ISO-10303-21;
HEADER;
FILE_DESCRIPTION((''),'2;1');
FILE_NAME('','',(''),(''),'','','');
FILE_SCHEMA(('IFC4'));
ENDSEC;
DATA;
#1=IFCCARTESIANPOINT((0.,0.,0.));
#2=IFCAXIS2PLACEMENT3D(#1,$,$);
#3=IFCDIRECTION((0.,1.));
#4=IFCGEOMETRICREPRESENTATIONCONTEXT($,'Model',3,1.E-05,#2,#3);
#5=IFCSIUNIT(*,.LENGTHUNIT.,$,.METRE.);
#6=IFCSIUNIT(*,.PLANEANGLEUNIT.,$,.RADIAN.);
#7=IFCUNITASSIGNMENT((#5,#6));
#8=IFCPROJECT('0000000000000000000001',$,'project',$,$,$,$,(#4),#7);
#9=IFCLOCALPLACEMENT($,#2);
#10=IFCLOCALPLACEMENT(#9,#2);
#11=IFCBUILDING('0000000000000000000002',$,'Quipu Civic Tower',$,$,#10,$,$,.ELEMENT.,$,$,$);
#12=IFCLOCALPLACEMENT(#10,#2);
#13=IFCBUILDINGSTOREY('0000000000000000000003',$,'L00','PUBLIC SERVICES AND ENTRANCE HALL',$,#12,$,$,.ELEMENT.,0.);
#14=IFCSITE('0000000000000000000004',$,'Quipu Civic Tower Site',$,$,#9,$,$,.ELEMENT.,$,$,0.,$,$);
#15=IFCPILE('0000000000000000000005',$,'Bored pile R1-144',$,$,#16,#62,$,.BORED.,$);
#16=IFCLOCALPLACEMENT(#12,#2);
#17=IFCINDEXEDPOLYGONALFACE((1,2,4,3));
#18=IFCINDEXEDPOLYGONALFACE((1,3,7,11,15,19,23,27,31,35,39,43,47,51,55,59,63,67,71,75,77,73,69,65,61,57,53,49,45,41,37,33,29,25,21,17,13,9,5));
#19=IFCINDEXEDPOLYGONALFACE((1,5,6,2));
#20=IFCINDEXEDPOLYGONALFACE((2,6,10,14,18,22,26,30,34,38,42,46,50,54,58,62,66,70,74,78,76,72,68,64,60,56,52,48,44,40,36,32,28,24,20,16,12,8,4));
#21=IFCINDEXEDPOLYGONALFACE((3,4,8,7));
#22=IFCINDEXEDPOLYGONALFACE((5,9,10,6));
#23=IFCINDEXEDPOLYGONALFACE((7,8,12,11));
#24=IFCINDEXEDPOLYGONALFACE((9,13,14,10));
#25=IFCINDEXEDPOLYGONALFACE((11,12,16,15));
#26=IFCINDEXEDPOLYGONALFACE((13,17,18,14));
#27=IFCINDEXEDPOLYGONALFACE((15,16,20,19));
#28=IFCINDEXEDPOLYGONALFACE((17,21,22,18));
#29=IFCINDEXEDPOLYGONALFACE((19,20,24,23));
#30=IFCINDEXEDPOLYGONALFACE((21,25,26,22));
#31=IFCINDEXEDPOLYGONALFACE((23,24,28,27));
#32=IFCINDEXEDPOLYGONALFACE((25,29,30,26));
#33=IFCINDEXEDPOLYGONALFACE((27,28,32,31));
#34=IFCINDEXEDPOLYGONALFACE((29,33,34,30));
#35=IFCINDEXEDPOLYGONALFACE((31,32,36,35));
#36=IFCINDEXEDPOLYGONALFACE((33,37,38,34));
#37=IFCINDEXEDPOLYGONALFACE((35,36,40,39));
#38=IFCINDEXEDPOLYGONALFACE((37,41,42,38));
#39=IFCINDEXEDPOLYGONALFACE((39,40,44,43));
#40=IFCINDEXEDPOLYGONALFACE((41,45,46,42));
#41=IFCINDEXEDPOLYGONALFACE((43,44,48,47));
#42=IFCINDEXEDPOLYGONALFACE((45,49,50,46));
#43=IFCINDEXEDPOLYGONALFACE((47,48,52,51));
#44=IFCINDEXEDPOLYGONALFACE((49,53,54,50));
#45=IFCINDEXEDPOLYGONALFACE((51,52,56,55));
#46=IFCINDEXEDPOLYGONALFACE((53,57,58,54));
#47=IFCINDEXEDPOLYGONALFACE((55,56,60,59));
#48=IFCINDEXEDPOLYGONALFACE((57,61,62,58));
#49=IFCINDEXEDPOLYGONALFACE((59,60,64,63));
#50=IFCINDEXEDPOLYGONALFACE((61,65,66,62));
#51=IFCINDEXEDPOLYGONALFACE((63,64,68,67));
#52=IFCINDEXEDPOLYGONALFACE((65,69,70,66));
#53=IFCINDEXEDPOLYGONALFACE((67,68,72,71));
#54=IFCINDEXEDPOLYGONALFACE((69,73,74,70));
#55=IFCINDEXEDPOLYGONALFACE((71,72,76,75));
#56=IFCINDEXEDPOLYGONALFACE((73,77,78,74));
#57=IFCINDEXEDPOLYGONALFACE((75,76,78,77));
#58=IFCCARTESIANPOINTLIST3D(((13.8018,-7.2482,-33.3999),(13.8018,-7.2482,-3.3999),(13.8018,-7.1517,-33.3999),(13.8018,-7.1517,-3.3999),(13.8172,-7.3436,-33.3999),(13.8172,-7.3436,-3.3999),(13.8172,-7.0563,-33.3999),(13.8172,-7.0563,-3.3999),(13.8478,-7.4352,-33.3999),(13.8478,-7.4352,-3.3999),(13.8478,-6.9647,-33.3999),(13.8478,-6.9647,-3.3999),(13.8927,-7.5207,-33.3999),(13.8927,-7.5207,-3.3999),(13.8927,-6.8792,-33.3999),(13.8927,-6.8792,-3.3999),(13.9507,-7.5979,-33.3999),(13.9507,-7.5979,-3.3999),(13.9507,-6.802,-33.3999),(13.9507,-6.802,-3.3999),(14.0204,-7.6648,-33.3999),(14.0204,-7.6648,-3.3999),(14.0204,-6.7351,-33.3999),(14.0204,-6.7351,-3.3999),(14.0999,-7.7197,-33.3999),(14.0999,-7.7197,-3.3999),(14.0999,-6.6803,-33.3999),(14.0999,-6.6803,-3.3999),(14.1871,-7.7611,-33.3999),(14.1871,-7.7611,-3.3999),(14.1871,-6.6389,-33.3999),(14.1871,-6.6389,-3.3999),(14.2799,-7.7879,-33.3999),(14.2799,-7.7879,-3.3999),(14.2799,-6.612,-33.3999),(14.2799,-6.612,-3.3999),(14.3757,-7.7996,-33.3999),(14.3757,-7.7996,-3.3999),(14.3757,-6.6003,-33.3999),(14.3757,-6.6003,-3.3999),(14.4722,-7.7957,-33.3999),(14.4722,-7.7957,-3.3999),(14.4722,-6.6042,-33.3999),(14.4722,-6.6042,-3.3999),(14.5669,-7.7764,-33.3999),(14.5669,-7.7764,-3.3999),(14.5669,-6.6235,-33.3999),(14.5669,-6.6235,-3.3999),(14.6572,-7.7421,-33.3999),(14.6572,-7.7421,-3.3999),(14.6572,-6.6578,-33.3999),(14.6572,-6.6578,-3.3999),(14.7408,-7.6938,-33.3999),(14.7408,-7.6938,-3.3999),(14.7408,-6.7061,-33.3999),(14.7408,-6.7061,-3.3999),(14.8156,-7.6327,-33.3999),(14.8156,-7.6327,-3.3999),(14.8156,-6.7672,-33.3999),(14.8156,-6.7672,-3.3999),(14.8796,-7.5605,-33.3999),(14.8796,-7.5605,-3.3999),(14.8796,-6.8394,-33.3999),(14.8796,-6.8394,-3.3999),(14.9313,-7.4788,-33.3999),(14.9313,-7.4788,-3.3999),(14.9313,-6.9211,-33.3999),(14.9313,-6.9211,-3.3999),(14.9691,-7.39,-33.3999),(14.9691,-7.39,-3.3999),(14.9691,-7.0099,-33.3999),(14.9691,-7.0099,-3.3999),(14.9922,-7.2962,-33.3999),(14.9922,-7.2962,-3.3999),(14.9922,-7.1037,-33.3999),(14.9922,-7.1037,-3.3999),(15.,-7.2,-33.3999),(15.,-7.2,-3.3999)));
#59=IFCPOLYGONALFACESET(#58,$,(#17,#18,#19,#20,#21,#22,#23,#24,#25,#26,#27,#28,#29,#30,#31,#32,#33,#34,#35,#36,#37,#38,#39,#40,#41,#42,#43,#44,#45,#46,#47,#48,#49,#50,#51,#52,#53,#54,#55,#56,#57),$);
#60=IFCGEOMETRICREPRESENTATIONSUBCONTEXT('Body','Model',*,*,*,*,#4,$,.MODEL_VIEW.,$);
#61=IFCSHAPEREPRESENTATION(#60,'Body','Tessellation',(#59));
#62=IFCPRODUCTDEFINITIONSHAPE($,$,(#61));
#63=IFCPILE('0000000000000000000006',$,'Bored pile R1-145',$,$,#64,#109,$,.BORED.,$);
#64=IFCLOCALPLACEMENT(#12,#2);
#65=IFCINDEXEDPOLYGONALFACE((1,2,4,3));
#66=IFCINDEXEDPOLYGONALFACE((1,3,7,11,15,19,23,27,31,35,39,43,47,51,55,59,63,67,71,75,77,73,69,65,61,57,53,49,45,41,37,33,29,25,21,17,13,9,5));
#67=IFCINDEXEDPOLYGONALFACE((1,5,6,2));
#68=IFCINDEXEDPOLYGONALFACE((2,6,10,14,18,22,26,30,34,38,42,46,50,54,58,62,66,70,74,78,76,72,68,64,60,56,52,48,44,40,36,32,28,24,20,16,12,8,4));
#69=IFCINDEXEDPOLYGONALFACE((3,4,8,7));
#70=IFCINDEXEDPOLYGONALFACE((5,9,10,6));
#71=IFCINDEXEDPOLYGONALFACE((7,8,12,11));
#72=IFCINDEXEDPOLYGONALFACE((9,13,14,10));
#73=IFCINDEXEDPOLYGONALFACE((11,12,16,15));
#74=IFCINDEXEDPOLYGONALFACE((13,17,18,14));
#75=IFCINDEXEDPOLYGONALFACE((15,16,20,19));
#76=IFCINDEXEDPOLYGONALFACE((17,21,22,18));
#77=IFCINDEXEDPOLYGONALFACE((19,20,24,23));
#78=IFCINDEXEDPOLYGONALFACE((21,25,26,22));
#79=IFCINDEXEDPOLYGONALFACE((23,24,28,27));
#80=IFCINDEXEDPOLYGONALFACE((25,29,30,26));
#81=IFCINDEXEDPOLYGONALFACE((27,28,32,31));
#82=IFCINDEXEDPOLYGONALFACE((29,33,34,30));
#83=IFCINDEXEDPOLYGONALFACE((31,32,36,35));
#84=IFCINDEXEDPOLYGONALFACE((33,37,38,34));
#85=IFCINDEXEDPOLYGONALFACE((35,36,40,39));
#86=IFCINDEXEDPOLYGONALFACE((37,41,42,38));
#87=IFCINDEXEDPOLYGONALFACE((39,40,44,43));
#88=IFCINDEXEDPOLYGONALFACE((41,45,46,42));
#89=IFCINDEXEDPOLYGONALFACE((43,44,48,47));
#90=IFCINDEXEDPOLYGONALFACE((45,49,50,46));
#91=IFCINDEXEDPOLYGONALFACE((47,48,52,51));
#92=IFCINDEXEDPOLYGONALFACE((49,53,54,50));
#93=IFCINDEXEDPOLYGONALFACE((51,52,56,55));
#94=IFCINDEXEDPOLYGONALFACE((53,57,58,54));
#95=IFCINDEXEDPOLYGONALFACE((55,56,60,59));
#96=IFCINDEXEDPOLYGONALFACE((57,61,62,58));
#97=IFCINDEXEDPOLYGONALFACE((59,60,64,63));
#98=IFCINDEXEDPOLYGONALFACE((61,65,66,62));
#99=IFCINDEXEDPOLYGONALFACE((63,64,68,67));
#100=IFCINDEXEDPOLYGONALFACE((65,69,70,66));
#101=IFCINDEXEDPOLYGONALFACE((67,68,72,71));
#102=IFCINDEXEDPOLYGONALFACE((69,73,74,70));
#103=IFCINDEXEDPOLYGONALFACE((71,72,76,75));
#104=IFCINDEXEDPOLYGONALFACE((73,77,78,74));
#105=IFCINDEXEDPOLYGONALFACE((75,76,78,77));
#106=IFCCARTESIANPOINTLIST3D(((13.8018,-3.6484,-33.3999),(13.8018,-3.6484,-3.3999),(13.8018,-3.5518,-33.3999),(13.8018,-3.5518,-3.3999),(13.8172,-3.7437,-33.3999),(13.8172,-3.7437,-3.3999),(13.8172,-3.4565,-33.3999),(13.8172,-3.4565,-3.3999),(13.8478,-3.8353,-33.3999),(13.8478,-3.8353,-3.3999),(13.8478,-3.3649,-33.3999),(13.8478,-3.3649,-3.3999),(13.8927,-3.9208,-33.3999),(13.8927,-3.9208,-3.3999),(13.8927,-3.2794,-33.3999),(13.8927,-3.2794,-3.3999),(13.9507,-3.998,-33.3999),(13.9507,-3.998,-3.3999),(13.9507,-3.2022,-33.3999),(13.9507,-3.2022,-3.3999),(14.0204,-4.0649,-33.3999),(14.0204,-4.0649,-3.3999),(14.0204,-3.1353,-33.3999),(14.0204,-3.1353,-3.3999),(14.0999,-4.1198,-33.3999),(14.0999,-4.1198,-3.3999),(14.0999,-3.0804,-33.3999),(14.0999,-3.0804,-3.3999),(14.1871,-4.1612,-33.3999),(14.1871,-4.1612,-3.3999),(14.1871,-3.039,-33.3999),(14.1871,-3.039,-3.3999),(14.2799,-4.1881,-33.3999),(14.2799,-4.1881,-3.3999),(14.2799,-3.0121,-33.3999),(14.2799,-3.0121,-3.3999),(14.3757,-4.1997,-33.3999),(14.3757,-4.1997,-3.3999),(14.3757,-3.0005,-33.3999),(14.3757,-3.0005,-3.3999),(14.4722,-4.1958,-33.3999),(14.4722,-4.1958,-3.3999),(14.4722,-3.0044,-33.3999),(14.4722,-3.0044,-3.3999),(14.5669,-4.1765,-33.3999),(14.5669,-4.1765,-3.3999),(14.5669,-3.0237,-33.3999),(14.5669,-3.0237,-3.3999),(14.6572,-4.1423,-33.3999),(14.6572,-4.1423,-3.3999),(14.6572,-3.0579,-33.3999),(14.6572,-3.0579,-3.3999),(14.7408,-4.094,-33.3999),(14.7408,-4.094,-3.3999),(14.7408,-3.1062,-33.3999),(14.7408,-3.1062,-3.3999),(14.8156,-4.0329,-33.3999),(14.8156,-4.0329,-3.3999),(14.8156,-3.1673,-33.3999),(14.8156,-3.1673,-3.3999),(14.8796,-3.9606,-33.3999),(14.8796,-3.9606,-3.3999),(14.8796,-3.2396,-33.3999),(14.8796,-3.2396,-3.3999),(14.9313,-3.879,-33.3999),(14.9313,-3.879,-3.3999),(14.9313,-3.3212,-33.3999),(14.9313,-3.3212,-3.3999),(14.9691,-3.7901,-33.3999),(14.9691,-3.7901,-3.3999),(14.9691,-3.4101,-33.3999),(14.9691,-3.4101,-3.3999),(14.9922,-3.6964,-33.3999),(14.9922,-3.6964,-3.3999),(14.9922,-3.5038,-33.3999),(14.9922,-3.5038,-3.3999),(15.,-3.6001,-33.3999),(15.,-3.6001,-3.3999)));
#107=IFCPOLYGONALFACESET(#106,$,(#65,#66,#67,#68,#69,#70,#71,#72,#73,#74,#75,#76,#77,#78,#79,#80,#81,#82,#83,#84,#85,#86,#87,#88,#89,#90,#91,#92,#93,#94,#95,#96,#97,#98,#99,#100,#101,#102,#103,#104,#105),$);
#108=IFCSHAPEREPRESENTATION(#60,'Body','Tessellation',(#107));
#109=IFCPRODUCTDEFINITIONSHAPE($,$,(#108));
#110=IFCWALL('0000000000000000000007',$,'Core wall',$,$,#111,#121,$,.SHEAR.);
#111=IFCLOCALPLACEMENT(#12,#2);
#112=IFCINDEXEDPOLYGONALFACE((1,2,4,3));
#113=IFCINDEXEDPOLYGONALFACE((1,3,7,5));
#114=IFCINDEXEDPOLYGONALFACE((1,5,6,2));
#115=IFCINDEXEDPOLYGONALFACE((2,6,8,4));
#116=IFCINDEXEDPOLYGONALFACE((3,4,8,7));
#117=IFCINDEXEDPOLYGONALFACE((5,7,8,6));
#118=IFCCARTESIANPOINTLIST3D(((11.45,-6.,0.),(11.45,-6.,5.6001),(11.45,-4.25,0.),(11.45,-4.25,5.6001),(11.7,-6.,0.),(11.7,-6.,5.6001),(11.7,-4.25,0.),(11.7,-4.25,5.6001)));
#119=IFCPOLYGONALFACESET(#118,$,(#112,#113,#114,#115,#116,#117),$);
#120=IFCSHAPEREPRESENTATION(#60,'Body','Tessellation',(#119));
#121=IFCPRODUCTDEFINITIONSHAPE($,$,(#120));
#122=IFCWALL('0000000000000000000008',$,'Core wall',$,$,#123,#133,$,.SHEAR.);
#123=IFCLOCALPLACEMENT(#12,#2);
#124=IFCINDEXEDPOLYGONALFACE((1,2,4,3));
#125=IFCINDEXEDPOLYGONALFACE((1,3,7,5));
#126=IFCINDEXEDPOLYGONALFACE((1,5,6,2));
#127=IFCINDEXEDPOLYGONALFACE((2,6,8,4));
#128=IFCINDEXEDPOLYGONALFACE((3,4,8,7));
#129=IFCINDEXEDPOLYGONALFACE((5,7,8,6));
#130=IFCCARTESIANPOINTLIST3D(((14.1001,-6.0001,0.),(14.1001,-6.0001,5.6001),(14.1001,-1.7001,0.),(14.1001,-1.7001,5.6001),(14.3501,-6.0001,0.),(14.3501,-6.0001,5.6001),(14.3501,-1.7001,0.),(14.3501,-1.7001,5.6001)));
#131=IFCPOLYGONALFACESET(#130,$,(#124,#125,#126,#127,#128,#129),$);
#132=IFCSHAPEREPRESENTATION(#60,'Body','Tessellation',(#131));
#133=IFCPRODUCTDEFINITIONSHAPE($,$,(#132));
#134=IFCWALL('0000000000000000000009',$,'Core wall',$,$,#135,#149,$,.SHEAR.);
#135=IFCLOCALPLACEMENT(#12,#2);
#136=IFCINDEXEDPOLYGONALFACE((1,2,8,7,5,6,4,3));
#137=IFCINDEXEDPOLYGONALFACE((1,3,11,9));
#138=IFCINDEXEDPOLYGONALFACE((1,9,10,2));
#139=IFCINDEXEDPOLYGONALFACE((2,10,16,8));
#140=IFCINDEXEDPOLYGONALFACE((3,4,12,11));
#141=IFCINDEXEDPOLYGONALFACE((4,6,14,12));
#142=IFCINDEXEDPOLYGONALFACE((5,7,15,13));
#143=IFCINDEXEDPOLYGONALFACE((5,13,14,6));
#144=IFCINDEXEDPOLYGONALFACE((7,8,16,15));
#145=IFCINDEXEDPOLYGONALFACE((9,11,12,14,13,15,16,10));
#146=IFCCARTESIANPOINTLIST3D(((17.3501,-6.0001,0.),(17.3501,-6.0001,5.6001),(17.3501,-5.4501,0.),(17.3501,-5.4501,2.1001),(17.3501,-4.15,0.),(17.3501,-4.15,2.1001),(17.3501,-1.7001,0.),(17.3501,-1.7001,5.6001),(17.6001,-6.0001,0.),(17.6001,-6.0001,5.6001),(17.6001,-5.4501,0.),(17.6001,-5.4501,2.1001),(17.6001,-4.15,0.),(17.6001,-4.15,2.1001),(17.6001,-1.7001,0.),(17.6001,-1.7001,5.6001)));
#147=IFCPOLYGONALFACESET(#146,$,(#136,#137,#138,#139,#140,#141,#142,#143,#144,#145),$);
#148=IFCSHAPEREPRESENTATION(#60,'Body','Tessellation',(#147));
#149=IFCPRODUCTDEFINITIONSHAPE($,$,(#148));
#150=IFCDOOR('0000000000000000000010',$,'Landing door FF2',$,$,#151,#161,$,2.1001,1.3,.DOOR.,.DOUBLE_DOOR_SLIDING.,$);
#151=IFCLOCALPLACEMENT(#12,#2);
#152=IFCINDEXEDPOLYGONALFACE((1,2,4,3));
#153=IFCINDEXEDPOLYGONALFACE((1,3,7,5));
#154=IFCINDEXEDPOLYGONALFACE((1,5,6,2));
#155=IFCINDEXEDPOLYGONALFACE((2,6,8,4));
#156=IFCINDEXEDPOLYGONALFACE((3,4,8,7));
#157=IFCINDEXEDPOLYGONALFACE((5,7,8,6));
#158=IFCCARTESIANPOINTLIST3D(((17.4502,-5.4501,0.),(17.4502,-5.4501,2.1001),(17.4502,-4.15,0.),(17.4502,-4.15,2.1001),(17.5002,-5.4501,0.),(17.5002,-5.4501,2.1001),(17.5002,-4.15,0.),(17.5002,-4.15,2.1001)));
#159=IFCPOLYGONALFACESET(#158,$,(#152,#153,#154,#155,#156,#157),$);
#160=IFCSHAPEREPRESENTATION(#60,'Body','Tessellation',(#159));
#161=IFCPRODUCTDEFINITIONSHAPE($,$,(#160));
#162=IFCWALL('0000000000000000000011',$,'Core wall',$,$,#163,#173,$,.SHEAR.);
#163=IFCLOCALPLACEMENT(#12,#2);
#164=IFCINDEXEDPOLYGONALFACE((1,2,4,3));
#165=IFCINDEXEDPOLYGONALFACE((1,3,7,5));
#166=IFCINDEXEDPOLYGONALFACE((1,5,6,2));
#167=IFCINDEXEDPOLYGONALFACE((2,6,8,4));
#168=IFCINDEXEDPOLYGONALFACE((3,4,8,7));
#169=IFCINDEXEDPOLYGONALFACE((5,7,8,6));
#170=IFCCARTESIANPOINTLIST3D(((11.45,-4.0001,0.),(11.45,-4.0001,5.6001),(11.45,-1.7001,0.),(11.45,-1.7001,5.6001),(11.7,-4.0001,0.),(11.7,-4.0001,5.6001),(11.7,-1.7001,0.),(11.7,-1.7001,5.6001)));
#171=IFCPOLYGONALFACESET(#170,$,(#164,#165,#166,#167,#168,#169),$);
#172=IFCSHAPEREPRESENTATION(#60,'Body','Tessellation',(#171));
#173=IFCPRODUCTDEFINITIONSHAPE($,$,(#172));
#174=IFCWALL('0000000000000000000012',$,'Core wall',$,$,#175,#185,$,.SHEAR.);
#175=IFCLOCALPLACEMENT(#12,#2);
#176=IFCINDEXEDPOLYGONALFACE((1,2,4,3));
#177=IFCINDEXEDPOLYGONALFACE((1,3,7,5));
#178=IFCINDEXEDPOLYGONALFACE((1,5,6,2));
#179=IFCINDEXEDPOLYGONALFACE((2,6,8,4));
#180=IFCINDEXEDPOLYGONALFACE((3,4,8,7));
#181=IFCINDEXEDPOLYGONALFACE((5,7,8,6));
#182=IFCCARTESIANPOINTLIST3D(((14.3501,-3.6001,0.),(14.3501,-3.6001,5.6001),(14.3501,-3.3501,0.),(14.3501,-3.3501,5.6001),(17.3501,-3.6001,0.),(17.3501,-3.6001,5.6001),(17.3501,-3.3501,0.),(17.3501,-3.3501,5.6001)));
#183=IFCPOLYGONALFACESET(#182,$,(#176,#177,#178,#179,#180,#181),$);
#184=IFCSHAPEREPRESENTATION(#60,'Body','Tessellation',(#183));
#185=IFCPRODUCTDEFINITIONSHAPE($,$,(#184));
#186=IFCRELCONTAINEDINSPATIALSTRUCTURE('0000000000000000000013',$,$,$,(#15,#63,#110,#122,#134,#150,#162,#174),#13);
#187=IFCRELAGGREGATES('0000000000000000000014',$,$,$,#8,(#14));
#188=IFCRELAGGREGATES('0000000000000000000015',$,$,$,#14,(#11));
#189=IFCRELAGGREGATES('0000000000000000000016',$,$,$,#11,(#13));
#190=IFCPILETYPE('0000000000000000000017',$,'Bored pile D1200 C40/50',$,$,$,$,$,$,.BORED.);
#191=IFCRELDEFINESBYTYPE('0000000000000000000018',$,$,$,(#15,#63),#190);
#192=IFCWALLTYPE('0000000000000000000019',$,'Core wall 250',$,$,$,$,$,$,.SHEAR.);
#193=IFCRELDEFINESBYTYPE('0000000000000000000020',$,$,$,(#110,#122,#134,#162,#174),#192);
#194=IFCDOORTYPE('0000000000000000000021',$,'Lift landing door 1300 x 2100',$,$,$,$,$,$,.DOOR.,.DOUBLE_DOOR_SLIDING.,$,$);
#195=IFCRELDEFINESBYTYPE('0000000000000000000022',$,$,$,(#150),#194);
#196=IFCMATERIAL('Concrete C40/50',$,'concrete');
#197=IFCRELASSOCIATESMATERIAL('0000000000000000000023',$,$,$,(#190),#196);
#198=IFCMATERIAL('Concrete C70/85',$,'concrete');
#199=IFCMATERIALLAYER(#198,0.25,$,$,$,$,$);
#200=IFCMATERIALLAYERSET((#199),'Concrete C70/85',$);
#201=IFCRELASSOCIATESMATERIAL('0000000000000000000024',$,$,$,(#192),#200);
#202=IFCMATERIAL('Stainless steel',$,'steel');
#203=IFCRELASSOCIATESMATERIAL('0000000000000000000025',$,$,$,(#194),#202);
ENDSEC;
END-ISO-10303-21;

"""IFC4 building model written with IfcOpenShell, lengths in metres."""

from ifc_helpers import new_model, si_unit, direction, frame, frame_2d, origin, origin_2d, place, context, subcontext, project, spatial, rectangle, circle, extrude, material, layer, layer_set, material_profile, profile_set, type_object, element, fill, save


model = new_model("IFC4")

# Units and contexts
model_context = context("Model", 3, precision=1e-05, world=origin(), true_north=direction((0.0, 1.0)))
body_context = subcontext(model_context, "Body", "Model", "MODEL_VIEW")
ifc_project = project(units=[si_unit("LENGTHUNIT", "METRE"), si_unit("PLANEANGLEUNIT", "RADIAN")], contexts=[model_context])

# Site, building, storey
site_placement = place(None, origin())
site = spatial("IfcSite", under=ifc_project, at=site_placement, Name="Quipu Civic Tower Site", CompositionType="ELEMENT", RefElevation=0.0)
building_placement = place(site_placement, origin())
building = spatial("IfcBuilding", under=site, at=building_placement, Name="Quipu Civic Tower", CompositionType="ELEMENT")
storey_placement = place(building_placement, origin())
storey = spatial("IfcBuildingStorey", under=building, at=storey_placement, Name="L00", Description="PUBLIC SERVICES AND ENTRANCE HALL", CompositionType="ELEMENT", Elevation=0.0)

# Piles
ifc_material_1 = material(Name="Concrete C40/50", Category="concrete")
ifc_material_profile = material_profile(ifc_material_1, circle(Radius=0.6001, at=origin_2d()), Name="RCD1200")
ifc_profile_set = profile_set([ifc_material_profile], Name="Concrete C40/50")
pile_type = type_object("IfcPileType", Name="Bored pile D1200 C40/50", PredefinedType="BORED", material=ifc_profile_set)
for number, where, z_axis, x_axis, name in (
    (1, (14.3999, -7.2, -3.3999), (0.0, 0.0, -1.0), (1.0, 0.0, 0.0), "Bored pile R1-144"),
    (2, (14.3999, -3.6001, -3.3999), (0.0, 0.0, -1.0), (1.0, 0.0, 0.0), "Bored pile R1-145"),
):
    element("IfcPile", number, at=place(storey_placement, frame(where, z_axis=z_axis, x_axis=x_axis)), inside=storey, type_object=pile_type, Name=name, PredefinedType="BORED", context=body_context, shape_type="SweptSolid", body=[
        extrude(circle(Radius=0.6001, at=origin_2d()), origin(), (0.0, 0.0, 1.0), 30.0),
    ])

# Walls
ifc_material_2 = material(Name="Concrete C70/85", Category="concrete")
ifc_layer_1 = layer(ifc_material_2, 0.25)
ifc_layer_set_1 = layer_set([ifc_layer_1], Name="Concrete C70/85")
wall_type_1 = type_object("IfcWallType", Name="Core wall 250", PredefinedType="SHEAR", material=ifc_layer_set_1)
wall_1_placement = place(storey_placement, frame((11.575, -6.0, 0.0), z_axis=(0.0, 0.0, 1.0), x_axis=(0.0, 1.0, 0.0)))
element("IfcWall", 3, at=wall_1_placement, inside=storey, type_object=wall_type_1, Name="Core wall", PredefinedType="SHEAR", context=body_context, shape_type="SweptSolid", body=[
    extrude(rectangle(XDim=1.75, YDim=0.25, at=frame_2d((0.875, 0.0))), origin(), (0.0, 0.0, 1.0), 5.6001),
])
wall_2_placement = place(storey_placement, frame((14.2251, -6.0, 0.0), z_axis=(0.0, 0.0, 1.0), x_axis=(0.0, 1.0, 0.0)))
element("IfcWall", 4, at=wall_2_placement, inside=storey, type_object=wall_type_1, Name="Core wall", PredefinedType="SHEAR", context=body_context, shape_type="SweptSolid", body=[
    extrude(rectangle(XDim=4.3, YDim=0.25, at=frame_2d((2.1499, 0.0))), origin(), (0.0, 0.0, 1.0), 5.6001),
])

# Wall, opening, door
wall_3_placement = place(storey_placement, frame((17.4751, -6.0, 0.0), z_axis=(0.0, 0.0, 1.0), x_axis=(0.0, 1.0, 0.0)))
wall_3 = element("IfcWall", 5, at=wall_3_placement, inside=storey, type_object=wall_type_1, Name="Core wall", PredefinedType="SHEAR", context=body_context, shape_type="SweptSolid", body=[
    extrude(rectangle(XDim=4.3, YDim=0.25, at=frame_2d((2.1499, 0.0))), origin(), (0.0, 0.0, 1.0), 5.6001),
])
opening_1_placement = place(wall_3_placement, frame((0.55, 0.0, 0.0)))
opening_1 = element("IfcOpeningElement", 6, at=opening_1_placement, cuts=wall_3, PredefinedType="OPENING", context=body_context, shape_type="SweptSolid", body=[
    extrude(rectangle(XDim=1.3, YDim=2.1001, at=frame_2d((0.6499, 1.05))), frame((0.0, 0.135, 0.0), z_axis=(0.0, -1.0, 0.0), x_axis=(1.0, 0.0, 0.0)), (0.0, 0.0, 1.0), 0.27),
])
ifc_material_3 = material(Name="Stainless steel", Category="steel")
door_type_1 = type_object("IfcDoorType", Name="Lift landing door 1300 x 2100", OperationType="DOUBLE_DOOR_SLIDING", PredefinedType="DOOR", material=ifc_material_3)
door_1_placement = place(opening_1_placement, origin())
door_1 = element("IfcDoor", 7, at=door_1_placement, inside=storey, type_object=door_type_1, Name="Landing door FF2", OperationType="DOUBLE_DOOR_SLIDING", OverallHeight=2.1001, OverallWidth=1.3, PredefinedType="DOOR", context=body_context, shape_type="SweptSolid", body=[
    extrude(rectangle(XDim=1.3, YDim=2.1001, at=frame_2d((0.6499, 1.05))), frame((0.0, 0.0249, 0.0), z_axis=(0.0, -1.0, 0.0), x_axis=(1.0, 0.0, 0.0)), (0.0, 0.0, 1.0), 0.05),
])
fill(opening_1, door_1)

# Walls
wall_4_placement = place(storey_placement, frame((11.575, -4.0, 0.0), z_axis=(0.0, 0.0, 1.0), x_axis=(0.0, 1.0, 0.0)))
element("IfcWall", 8, at=wall_4_placement, inside=storey, type_object=wall_type_1, Name="Core wall", PredefinedType="SHEAR", context=body_context, shape_type="SweptSolid", body=[
    extrude(rectangle(XDim=2.3, YDim=0.25, at=frame_2d((1.1499, 0.0))), origin(), (0.0, 0.0, 1.0), 5.6001),
])
wall_5_placement = place(storey_placement, frame((14.3501, -3.4751, 0.0), z_axis=(0.0, 0.0, 1.0), x_axis=(1.0, 0.0, 0.0)))
element("IfcWall", 9, at=wall_5_placement, inside=storey, type_object=wall_type_1, Name="Core wall", PredefinedType="SHEAR", context=body_context, shape_type="SweptSolid", body=[
    extrude(rectangle(XDim=3.0, YDim=0.25, at=frame_2d((1.5, 0.0))), origin(), (0.0, 0.0, 1.0), 5.6001),
])

save(model, "model.ifc")
